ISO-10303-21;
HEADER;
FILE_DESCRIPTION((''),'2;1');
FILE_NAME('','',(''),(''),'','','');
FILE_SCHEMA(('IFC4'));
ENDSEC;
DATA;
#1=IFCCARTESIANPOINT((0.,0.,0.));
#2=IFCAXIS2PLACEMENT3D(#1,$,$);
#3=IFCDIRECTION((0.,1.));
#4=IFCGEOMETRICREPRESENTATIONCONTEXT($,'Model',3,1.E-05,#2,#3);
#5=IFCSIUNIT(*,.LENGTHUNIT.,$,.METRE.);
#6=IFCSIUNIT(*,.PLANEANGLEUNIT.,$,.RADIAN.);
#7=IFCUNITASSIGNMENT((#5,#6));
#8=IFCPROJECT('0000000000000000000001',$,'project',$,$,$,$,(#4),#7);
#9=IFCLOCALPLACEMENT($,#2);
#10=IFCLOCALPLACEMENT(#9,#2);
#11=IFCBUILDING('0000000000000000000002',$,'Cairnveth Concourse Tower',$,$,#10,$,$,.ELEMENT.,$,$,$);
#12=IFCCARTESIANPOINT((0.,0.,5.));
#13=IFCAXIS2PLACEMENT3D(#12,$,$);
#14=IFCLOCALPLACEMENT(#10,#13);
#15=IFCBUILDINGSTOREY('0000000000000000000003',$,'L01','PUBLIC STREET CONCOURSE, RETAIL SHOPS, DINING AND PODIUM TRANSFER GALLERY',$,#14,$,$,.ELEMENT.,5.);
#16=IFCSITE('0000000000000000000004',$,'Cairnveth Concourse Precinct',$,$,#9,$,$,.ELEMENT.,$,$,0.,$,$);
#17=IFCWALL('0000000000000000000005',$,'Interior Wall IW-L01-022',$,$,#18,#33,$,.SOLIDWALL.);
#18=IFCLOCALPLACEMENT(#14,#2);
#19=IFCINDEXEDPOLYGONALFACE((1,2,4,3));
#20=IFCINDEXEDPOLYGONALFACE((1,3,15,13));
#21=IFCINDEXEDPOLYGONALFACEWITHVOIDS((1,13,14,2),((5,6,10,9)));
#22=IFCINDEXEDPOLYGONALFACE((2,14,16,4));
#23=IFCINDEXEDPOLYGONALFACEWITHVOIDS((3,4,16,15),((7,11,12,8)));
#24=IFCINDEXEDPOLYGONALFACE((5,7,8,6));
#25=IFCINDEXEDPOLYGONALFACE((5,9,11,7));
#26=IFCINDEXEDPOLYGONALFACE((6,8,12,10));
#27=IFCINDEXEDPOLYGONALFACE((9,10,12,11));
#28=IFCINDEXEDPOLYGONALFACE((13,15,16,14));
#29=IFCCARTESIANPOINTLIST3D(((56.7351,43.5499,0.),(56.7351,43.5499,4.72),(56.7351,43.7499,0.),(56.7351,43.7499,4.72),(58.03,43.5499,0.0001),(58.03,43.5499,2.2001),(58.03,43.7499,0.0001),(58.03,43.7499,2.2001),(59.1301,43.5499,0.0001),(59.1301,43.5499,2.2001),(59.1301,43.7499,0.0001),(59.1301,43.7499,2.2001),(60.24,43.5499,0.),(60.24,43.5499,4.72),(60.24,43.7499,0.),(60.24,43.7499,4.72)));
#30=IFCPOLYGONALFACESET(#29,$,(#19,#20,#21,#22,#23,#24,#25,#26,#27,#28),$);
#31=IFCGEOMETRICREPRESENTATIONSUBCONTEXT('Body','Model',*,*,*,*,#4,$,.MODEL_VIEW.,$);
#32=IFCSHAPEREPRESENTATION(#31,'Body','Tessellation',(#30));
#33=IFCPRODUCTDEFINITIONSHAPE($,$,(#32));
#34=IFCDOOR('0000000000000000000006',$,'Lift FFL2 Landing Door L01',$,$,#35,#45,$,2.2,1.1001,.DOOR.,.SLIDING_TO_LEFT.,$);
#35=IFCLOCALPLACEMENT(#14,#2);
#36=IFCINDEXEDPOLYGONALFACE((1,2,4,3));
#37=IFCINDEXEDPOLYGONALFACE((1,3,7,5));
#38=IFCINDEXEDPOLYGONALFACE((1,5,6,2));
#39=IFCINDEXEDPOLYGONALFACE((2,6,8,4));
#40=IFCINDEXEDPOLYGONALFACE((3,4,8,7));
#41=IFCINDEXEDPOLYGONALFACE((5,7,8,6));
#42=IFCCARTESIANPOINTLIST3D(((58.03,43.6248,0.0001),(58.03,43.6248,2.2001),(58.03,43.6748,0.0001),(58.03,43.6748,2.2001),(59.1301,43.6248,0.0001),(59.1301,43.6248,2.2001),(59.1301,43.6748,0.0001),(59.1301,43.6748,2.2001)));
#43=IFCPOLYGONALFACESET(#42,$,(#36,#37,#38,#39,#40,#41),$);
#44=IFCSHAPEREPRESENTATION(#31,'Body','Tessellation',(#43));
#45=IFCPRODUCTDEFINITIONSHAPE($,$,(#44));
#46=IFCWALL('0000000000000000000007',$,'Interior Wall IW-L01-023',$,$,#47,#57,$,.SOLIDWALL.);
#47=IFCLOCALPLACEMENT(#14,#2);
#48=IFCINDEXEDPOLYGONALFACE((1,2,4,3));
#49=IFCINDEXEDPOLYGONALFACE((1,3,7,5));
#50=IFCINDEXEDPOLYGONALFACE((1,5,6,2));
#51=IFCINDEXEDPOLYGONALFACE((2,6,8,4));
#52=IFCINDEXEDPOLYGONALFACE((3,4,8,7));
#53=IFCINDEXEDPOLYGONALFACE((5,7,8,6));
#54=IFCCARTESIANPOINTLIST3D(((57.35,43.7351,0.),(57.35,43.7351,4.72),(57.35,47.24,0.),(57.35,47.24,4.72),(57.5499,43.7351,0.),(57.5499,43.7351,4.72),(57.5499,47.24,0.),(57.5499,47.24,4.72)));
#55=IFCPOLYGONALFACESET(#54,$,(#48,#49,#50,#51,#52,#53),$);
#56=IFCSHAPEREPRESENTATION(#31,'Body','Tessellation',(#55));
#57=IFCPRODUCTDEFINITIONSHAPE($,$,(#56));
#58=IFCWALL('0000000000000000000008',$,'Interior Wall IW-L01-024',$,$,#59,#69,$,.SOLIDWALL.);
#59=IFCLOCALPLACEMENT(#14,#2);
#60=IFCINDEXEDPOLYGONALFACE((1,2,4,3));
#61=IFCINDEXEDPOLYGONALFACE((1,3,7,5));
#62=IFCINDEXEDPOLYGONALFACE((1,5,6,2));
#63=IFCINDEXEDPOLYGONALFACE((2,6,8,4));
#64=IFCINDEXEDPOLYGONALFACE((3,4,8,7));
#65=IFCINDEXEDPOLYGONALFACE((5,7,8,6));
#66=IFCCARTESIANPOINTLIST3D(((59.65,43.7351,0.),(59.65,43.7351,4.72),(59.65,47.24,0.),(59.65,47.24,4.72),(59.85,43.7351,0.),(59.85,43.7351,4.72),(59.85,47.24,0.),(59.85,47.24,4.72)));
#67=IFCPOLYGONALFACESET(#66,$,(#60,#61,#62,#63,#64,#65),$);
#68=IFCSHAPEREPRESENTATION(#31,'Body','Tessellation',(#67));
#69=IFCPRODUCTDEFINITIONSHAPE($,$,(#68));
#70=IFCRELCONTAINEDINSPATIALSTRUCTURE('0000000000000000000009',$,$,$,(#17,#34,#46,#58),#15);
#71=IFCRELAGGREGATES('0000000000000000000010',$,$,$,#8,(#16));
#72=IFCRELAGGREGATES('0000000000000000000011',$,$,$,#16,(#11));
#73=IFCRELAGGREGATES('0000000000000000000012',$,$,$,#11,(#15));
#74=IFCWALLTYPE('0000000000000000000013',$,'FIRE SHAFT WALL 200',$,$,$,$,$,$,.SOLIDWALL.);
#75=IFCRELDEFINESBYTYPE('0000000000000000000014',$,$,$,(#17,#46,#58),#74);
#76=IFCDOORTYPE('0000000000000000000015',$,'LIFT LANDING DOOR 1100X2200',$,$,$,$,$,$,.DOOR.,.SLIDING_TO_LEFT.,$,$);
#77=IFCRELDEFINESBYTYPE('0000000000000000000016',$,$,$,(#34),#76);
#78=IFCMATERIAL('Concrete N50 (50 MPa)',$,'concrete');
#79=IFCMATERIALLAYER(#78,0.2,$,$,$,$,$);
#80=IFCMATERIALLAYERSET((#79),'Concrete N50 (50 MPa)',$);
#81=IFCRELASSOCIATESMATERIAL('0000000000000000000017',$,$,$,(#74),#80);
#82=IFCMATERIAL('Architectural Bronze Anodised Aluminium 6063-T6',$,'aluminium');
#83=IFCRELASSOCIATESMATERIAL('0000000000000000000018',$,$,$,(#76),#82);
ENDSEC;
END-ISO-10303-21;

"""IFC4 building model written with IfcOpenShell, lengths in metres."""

from ifc_helpers import new_model, si_unit, direction, frame, frame_2d, origin, place, context, subcontext, project, spatial, rectangle, extrude, material, layer, layer_set, type_object, element, fill, save


model = new_model("IFC4")

# Units and contexts
model_context = context("Model", 3, precision=1e-05, world=origin(), true_north=direction((0.0, 1.0)))
body_context = subcontext(model_context, "Body", "Model", "MODEL_VIEW")
ifc_project = project(units=[si_unit("LENGTHUNIT", "METRE"), si_unit("PLANEANGLEUNIT", "RADIAN")], contexts=[model_context])

# Site, building, storey
site_placement = place(None, origin())
site = spatial("IfcSite", under=ifc_project, at=site_placement, Name="Cairnveth Concourse Precinct", CompositionType="ELEMENT", RefElevation=0.0)
building_placement = place(site_placement, origin())
building = spatial("IfcBuilding", under=site, at=building_placement, Name="Cairnveth Concourse Tower", CompositionType="ELEMENT")
storey_placement = place(building_placement, frame((0.0, 0.0, 5.0)))
storey = spatial("IfcBuildingStorey", under=building, at=storey_placement, Name="L01", Description="PUBLIC STREET CONCOURSE, RETAIL SHOPS, DINING AND PODIUM TRANSFER GALLERY", CompositionType="ELEMENT", Elevation=5.0)

# Shared definitions
ifc_material_1 = material(Name="Architectural Bronze Anodised Aluminium 6063-T6", Category="aluminium")

# Shared definitions
ifc_material_2 = material(Name="Concrete N50 (50 MPa)", Category="concrete")

# Shared definitions
ifc_layer_1 = layer(ifc_material_2, 0.2)
ifc_layer_set_1 = layer_set([ifc_layer_1], Name="Concrete N50 (50 MPa)")
wall_type_1 = type_object("IfcWallType", Name="FIRE SHAFT WALL 200", PredefinedType="SOLIDWALL", material=ifc_layer_set_1)

# Wall, opening, door
wall_1_placement = place(storey_placement, frame((56.7351, 43.6499, 0.0), z_axis=(0.0, 0.0, 1.0), x_axis=(1.0, 0.0, 0.0)))
wall_1 = element("IfcWall", 1, at=wall_1_placement, inside=storey, type_object=wall_type_1, Name="Interior Wall IW-L01-022", PredefinedType="SOLIDWALL", context=body_context, shape_type="SweptSolid", body=[
    extrude(rectangle(XDim=3.5049, YDim=0.2, at=frame_2d((1.7524, 0.0))), origin(), (0.0, 0.0, 1.0), 4.72),
])
opening_1_placement = place(wall_1_placement, frame((1.2949, 0.0, 0.0)))
opening_1 = element("IfcOpeningElement", 2, at=opening_1_placement, cuts=wall_1, PredefinedType="OPENING", context=body_context, shape_type="SweptSolid", body=[
    extrude(rectangle(XDim=1.1001, YDim=2.2, at=frame_2d((0.55, 1.1001))), frame((0.0, 0.1099, 0.0), z_axis=(0.0, -1.0, 0.0), x_axis=(1.0, 0.0, 0.0)), (0.0, 0.0, 1.0), 0.22),
])
door_type_1 = type_object("IfcDoorType", Name="LIFT LANDING DOOR 1100X2200", OperationType="SLIDING_TO_LEFT", PredefinedType="DOOR", material=ifc_material_1)
door_1_placement = place(opening_1_placement, origin())
door_1 = element("IfcDoor", 3, at=door_1_placement, inside=storey, type_object=door_type_1, Name="Lift FFL2 Landing Door L01", OperationType="SLIDING_TO_LEFT", OverallHeight=2.2, OverallWidth=1.1001, PredefinedType="DOOR", context=body_context, shape_type="SweptSolid", body=[
    extrude(rectangle(XDim=1.1001, YDim=2.2, at=frame_2d((0.55, 1.1001))), frame((0.0, 0.0249, 0.0), z_axis=(0.0, -1.0, 0.0), x_axis=(1.0, 0.0, 0.0)), (0.0, 0.0, 1.0), 0.05),
])
fill(opening_1, door_1)

# Walls
for number, where, z_axis, x_axis, name in (
    (4, (57.45, 43.7351, 0.0), (0.0, 0.0, 1.0), (0.0, 1.0, 0.0), "Interior Wall IW-L01-023"),
    (5, (59.75, 43.7351, 0.0), (0.0, 0.0, 1.0), (0.0, 1.0, 0.0), "Interior Wall IW-L01-024"),
):
    element("IfcWall", number, at=place(storey_placement, frame(where, z_axis=z_axis, x_axis=x_axis)), inside=storey, type_object=wall_type_1, Name=name, PredefinedType="SOLIDWALL", context=body_context, shape_type="SweptSolid", body=[
        extrude(rectangle(XDim=3.5049, YDim=0.2, at=frame_2d((1.7524, 0.0))), origin(), (0.0, 0.0, 1.0), 4.72),
    ])

save(model, "model.ifc")
